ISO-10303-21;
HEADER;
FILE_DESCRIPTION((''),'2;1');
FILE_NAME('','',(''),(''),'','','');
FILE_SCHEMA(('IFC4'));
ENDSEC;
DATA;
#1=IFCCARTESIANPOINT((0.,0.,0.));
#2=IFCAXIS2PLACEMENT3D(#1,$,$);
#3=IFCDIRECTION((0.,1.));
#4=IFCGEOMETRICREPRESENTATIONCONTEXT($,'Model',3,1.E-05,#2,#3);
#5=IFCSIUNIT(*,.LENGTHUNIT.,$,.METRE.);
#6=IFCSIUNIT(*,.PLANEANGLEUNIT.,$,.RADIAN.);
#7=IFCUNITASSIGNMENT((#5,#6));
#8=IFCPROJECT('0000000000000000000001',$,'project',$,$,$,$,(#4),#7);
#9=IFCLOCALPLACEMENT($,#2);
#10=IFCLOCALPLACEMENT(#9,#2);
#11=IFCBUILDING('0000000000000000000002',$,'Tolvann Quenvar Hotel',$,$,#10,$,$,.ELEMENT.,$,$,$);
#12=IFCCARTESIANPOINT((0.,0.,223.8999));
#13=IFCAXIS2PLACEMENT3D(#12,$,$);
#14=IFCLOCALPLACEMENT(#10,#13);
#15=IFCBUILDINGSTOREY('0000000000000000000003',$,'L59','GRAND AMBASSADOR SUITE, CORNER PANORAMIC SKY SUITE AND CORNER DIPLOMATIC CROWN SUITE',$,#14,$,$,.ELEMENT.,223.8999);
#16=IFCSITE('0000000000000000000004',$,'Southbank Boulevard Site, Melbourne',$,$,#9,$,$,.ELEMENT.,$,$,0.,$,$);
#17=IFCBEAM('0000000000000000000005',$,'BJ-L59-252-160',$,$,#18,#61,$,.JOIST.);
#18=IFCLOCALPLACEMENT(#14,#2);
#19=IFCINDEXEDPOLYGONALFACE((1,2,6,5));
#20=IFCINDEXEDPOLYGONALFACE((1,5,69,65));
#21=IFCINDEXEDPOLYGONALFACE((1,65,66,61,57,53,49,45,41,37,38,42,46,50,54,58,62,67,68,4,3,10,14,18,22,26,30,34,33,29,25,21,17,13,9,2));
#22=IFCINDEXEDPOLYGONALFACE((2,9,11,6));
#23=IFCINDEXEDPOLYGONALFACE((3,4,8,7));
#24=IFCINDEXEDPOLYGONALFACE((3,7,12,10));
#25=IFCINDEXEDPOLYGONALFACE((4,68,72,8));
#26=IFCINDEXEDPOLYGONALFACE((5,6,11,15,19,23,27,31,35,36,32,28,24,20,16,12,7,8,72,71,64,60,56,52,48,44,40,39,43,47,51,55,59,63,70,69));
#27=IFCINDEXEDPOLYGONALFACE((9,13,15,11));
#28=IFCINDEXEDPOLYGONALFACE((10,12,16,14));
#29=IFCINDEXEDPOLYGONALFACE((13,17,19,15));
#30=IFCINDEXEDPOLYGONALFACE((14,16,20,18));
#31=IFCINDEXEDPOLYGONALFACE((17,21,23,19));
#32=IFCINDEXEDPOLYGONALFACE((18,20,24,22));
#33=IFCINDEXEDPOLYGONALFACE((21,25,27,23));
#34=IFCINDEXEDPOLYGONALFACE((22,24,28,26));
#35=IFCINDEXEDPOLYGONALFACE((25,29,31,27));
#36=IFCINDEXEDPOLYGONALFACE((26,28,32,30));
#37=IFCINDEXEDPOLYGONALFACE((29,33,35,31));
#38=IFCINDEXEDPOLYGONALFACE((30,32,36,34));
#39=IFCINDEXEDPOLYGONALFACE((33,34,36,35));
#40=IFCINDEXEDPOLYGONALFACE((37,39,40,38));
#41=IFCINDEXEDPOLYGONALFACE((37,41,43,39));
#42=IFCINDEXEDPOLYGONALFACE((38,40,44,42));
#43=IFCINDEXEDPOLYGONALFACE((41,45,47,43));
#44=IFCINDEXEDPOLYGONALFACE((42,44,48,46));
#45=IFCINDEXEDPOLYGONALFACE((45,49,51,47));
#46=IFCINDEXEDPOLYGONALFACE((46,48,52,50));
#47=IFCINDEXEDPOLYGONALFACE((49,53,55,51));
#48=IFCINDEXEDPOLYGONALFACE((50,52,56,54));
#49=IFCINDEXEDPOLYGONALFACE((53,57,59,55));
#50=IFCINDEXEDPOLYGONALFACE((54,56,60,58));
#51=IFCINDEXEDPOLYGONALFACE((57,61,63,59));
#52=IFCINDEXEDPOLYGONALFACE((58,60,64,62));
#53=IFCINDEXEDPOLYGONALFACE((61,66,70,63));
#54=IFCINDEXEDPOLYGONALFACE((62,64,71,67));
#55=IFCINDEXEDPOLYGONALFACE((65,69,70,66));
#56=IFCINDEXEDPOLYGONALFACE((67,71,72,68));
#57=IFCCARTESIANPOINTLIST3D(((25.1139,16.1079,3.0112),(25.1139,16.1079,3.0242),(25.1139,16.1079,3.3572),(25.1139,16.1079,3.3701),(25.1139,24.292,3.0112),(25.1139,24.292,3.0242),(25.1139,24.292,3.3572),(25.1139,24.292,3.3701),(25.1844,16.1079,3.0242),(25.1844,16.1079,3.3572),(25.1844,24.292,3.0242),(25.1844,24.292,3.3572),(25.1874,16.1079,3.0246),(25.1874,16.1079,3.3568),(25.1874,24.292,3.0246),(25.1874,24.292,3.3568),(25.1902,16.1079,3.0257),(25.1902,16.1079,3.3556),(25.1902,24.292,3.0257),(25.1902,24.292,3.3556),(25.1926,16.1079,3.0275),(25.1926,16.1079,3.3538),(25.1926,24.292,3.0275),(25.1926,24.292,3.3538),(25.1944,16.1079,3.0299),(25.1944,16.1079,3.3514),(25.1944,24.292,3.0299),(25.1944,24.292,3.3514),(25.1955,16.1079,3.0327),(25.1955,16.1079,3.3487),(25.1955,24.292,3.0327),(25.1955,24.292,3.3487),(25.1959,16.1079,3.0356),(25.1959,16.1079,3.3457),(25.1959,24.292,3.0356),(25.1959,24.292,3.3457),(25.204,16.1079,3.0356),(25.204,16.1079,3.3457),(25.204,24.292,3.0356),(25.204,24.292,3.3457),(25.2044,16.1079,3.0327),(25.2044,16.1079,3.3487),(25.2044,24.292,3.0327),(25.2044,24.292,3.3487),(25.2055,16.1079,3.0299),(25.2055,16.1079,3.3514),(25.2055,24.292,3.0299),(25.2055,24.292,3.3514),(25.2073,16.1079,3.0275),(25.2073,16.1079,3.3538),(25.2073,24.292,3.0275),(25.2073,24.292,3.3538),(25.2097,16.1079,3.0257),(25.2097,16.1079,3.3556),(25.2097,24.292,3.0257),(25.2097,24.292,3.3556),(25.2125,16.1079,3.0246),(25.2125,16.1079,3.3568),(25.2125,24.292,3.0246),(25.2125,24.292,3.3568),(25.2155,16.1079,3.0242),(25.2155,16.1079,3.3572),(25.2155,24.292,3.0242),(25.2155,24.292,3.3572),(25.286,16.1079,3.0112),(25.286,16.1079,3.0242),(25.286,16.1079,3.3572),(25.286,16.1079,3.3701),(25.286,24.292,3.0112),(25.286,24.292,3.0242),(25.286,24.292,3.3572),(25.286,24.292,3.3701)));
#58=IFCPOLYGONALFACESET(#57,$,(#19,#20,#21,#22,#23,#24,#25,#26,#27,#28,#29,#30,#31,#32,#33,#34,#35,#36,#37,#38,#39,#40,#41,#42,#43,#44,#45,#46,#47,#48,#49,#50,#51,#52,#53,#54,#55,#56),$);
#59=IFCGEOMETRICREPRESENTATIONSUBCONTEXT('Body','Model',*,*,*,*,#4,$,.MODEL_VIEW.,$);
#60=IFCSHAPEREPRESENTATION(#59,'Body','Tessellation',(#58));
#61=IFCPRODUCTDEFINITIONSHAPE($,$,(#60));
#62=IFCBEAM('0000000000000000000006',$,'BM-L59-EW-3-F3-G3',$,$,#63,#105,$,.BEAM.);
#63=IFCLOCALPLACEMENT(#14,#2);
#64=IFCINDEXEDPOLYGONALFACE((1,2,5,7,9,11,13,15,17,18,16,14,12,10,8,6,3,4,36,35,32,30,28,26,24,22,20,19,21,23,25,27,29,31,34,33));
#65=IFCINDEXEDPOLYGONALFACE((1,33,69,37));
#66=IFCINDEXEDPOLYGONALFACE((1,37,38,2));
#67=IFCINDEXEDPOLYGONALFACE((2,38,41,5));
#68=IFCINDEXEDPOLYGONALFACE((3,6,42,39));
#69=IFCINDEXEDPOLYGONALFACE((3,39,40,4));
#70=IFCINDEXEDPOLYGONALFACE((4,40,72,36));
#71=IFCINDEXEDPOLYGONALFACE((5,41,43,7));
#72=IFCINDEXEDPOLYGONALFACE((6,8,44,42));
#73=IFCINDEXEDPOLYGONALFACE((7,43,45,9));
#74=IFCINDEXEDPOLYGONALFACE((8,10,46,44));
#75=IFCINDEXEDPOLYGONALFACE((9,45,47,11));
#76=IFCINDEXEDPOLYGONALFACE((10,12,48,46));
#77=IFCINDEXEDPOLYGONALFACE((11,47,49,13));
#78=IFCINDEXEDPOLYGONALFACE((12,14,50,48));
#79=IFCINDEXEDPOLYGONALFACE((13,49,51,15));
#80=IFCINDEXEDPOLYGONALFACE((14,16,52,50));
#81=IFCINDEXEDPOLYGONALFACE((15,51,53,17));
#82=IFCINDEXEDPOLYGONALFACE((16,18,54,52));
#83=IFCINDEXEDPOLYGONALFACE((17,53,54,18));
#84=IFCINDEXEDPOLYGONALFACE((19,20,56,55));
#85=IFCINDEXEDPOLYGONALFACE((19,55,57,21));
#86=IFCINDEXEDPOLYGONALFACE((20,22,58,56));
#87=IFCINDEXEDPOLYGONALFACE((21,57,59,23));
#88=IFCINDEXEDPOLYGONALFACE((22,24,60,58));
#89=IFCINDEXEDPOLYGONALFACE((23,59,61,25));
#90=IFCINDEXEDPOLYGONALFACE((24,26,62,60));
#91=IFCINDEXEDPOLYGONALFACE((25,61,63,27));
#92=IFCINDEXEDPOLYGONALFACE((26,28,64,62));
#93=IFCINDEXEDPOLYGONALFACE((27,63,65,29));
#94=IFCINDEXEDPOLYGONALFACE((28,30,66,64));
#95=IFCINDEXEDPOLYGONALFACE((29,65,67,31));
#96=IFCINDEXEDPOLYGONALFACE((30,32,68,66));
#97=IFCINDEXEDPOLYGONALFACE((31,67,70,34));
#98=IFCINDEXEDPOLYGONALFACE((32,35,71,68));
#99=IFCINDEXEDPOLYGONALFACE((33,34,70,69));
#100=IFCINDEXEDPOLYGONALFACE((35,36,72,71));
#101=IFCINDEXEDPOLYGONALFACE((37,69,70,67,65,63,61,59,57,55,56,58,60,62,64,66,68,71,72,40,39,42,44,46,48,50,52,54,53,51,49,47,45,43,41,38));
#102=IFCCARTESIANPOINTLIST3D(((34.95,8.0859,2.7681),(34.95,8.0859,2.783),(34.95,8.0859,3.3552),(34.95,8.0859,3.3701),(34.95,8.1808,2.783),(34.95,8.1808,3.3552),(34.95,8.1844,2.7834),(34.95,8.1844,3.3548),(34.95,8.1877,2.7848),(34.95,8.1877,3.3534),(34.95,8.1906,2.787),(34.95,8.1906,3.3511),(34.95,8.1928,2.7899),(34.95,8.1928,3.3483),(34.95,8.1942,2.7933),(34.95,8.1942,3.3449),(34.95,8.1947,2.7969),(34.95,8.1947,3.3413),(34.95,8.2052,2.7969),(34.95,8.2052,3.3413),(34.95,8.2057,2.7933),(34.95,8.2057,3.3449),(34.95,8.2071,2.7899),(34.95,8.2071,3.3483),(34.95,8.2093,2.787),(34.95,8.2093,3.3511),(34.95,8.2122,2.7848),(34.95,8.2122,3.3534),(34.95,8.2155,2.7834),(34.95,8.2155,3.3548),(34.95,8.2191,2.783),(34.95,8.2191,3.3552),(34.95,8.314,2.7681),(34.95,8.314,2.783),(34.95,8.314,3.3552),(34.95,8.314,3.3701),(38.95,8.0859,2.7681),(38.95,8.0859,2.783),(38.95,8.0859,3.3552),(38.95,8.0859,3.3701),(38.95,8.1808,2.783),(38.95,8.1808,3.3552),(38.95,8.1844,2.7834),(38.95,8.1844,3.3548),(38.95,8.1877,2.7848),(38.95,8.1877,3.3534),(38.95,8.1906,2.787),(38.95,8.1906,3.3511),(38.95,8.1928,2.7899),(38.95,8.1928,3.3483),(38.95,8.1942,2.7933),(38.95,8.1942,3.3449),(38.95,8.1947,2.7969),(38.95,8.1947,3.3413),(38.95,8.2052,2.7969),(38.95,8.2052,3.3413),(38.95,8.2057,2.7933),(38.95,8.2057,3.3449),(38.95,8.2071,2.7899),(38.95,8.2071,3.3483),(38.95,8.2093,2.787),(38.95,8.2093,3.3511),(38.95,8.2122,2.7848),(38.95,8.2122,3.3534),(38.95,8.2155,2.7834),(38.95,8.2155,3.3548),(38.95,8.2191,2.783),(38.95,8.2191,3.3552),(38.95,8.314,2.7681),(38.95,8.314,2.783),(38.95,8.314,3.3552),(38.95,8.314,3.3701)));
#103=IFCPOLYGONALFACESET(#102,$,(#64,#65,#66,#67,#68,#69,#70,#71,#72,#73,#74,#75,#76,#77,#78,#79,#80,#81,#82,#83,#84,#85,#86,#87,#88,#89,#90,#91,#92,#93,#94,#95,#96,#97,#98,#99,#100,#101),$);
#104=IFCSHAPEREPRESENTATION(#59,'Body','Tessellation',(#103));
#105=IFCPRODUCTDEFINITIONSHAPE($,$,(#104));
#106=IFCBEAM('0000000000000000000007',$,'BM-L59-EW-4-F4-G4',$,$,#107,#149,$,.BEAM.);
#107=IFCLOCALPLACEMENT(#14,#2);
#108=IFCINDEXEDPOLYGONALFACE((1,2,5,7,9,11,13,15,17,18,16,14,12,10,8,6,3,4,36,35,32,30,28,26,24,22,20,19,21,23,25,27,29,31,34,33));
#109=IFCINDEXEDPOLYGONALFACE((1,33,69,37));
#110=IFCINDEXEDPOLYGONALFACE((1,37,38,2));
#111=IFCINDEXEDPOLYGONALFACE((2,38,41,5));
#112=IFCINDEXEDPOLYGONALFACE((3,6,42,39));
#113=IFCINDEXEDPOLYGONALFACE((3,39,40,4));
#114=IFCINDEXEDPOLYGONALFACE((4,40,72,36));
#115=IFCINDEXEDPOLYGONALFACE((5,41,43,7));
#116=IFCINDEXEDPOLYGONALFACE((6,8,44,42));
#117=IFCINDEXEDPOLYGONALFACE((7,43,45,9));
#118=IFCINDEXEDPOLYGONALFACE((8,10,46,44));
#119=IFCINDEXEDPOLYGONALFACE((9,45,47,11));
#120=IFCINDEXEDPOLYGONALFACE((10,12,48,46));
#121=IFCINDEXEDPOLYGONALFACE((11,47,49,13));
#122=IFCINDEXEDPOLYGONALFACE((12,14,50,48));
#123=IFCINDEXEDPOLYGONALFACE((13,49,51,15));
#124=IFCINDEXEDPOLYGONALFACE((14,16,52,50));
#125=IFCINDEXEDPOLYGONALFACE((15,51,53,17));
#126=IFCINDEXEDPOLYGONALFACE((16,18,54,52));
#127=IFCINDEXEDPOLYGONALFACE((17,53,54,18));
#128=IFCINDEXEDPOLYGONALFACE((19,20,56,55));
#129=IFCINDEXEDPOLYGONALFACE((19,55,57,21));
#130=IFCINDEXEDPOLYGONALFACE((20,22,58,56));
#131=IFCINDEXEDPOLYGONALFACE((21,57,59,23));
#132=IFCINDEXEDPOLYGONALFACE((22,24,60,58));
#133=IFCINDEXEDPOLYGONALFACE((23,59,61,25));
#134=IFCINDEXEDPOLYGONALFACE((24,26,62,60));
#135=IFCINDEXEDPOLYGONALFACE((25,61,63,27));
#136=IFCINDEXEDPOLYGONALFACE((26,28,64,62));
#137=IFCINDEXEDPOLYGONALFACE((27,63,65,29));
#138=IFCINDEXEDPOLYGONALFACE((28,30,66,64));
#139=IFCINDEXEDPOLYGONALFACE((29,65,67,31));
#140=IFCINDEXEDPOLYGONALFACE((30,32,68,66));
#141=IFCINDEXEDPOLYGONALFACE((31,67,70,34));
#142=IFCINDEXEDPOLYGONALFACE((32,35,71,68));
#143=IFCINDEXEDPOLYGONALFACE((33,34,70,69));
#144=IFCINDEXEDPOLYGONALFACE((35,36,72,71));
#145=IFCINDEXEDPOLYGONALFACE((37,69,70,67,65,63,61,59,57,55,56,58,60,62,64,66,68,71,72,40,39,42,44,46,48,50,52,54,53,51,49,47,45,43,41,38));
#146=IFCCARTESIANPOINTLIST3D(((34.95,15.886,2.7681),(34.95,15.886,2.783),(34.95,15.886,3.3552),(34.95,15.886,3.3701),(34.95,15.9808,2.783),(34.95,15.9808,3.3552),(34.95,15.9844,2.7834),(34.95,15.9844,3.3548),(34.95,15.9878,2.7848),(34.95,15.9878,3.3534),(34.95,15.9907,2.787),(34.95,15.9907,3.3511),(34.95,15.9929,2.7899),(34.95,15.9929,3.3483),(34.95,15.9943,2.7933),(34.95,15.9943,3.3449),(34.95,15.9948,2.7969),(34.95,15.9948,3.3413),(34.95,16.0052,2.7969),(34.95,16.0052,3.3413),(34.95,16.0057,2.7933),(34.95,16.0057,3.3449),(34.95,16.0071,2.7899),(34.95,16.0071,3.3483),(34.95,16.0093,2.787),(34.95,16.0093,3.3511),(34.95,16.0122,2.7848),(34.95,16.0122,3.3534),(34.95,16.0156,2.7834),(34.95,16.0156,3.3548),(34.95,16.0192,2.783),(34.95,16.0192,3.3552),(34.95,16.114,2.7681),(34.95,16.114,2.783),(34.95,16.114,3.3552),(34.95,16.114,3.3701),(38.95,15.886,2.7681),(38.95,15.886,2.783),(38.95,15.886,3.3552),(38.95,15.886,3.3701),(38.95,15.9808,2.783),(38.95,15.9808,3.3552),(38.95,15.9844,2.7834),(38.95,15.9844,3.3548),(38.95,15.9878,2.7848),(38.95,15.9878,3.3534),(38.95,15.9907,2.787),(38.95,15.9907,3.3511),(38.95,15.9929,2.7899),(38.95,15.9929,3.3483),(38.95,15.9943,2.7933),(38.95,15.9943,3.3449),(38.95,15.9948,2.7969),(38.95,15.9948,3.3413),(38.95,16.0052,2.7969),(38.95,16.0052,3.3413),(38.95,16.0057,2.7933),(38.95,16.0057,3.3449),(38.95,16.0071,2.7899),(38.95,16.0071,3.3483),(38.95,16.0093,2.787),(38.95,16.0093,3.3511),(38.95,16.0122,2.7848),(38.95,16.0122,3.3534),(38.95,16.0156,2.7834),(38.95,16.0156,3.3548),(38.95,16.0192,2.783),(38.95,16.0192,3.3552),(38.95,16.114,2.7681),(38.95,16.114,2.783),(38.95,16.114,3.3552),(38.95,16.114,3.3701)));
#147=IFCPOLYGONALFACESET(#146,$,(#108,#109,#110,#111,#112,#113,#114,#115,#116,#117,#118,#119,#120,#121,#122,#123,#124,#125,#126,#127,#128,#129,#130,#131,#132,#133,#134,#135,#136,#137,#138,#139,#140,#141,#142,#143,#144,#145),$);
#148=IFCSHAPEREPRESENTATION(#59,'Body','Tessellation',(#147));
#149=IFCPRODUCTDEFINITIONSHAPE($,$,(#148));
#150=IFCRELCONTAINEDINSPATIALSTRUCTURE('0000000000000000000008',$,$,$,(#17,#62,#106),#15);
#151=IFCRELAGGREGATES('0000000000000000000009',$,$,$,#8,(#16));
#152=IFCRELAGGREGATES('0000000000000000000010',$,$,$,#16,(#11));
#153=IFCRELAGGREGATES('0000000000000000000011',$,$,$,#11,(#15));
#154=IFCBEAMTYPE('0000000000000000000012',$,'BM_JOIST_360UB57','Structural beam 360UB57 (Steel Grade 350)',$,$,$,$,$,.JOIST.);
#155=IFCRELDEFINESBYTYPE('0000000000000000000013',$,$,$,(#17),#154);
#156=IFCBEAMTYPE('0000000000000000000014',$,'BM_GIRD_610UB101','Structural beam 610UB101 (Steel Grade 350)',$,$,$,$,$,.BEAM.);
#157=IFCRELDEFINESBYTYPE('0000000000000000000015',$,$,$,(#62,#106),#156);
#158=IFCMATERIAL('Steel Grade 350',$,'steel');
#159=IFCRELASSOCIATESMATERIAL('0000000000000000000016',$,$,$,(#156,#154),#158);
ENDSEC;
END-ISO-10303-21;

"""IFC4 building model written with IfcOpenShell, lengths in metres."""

from ifc_helpers import new_model, si_unit, direction, frame, origin, origin_2d, place, context, subcontext, project, spatial, i_section, extrude, source, transform, mapped, material, material_profile, profile_set, type_object, type_shapes, element, save


model = new_model("IFC4")

# Units and contexts
model_context = context("Model", 3, precision=1e-05, world=origin(), true_north=direction((0.0, 1.0)))
body_context = subcontext(model_context, "Body", "Model", "MODEL_VIEW")
ifc_project = project(units=[si_unit("LENGTHUNIT", "METRE"), si_unit("PLANEANGLEUNIT", "RADIAN")], contexts=[model_context])

# Site, building, storey
site_placement = place(None, origin())
site = spatial("IfcSite", under=ifc_project, at=site_placement, Name="Southbank Boulevard Site, Melbourne", CompositionType="ELEMENT", RefElevation=0.0)
building_placement = place(site_placement, origin())
building = spatial("IfcBuilding", under=site, at=building_placement, Name="Tolvann Quenvar Hotel", CompositionType="ELEMENT")
storey_placement = place(building_placement, frame((0.0, 0.0, 223.8999)))
storey = spatial("IfcBuildingStorey", under=building, at=storey_placement, Name="L59", Description="GRAND AMBASSADOR SUITE, CORNER PANORAMIC SKY SUITE AND CORNER DIPLOMATIC CROWN SUITE", CompositionType="ELEMENT", Elevation=223.8999)

# Shared definitions
ifc_material_1 = material(Name="Steel Grade 350", Category="steel")

# Beams
ifc_material_profile_1 = material_profile(ifc_material_1, i_section(OverallWidth=0.228, OverallDepth=0.6021, WebThickness=0.0105, FlangeThickness=0.0149, FilletRadius=0.0139, at=origin_2d()), Name="610UB101")
ifc_profile_set_1 = profile_set([ifc_material_profile_1], Name="Steel Grade 350")
beam_type_1 = type_object("IfcBeamType", Name="BM_GIRD_610UB101", Description="Structural beam 610UB101 (Steel Grade 350)", PredefinedType="BEAM", material=ifc_profile_set_1)
ifc_material_profile_2 = material_profile(ifc_material_1, i_section(OverallWidth=0.1721, OverallDepth=0.3589, WebThickness=0.0081, FlangeThickness=0.0129, FilletRadius=0.0115, at=origin_2d()), Name="360UB57")
ifc_profile_set_2 = profile_set([ifc_material_profile_2], Name="Steel Grade 350")
beam_type_2 = type_object("IfcBeamType", Name="BM_JOIST_360UB57", Description="Structural beam 360UB57 (Steel Grade 350)", PredefinedType="JOIST", material=ifc_profile_set_2)
shared_shape_1 = source(origin(), body_context, "Body", "SweptSolid", [
    extrude(i_section(OverallWidth=0.1721, OverallDepth=0.3589, WebThickness=0.0081, FlangeThickness=0.0129, FilletRadius=0.0115, at=origin_2d()), origin(), (0.0, 0.0, 1.0), 8.1841),
])
type_shapes(beam_type_2, [shared_shape_1])
beam_1_placement = place(storey_placement, frame((25.2, 16.1079, 3.1907), z_axis=(0.0, 1.0, 0.0), x_axis=(-1.0, 0.0, 0.0)))
element("IfcBeam", 1, at=beam_1_placement, inside=storey, type_object=beam_type_2, Name="BJ-L59-252-160", PredefinedType="JOIST", context=body_context, shape_type="MappedRepresentation", body=[
    mapped(shared_shape_1, transform((0.0, 0.0, 0.0), x_axis=(1.0, 0.0, 0.0), y_axis=(0.0, 1.0, 0.0), z_axis=(0.0, 0.0, 1.0), scale=1.0)),
])
shared_shape_2 = source(origin(), body_context, "Body", "SweptSolid", [
    extrude(i_section(OverallWidth=0.228, OverallDepth=0.6021, WebThickness=0.0105, FlangeThickness=0.0149, FilletRadius=0.0139, at=origin_2d()), origin(), (0.0, 0.0, 1.0), 4.0),
])
for number, where, z_axis, x_axis, name in (
    (2, (34.95, 8.2, 3.0691), (1.0, 0.0, 0.0), (0.0, 1.0, 0.0), "BM-L59-EW-3-F3-G3"),
    (3, (34.95, 16.0, 3.0691), (1.0, 0.0, 0.0), (0.0, 1.0, 0.0), "BM-L59-EW-4-F4-G4"),
):
    element("IfcBeam", number, at=place(storey_placement, frame(where, z_axis=z_axis, x_axis=x_axis)), inside=storey, type_object=beam_type_1, Name=name, PredefinedType="BEAM", context=body_context, shape_type="MappedRepresentation", body=[
        mapped(shared_shape_2, transform((0.0, 0.0, 0.0), x_axis=(1.0, 0.0, 0.0), y_axis=(0.0, 1.0, 0.0), z_axis=(0.0, 0.0, 1.0), scale=1.0)),
    ])

save(model, "model.ifc")
